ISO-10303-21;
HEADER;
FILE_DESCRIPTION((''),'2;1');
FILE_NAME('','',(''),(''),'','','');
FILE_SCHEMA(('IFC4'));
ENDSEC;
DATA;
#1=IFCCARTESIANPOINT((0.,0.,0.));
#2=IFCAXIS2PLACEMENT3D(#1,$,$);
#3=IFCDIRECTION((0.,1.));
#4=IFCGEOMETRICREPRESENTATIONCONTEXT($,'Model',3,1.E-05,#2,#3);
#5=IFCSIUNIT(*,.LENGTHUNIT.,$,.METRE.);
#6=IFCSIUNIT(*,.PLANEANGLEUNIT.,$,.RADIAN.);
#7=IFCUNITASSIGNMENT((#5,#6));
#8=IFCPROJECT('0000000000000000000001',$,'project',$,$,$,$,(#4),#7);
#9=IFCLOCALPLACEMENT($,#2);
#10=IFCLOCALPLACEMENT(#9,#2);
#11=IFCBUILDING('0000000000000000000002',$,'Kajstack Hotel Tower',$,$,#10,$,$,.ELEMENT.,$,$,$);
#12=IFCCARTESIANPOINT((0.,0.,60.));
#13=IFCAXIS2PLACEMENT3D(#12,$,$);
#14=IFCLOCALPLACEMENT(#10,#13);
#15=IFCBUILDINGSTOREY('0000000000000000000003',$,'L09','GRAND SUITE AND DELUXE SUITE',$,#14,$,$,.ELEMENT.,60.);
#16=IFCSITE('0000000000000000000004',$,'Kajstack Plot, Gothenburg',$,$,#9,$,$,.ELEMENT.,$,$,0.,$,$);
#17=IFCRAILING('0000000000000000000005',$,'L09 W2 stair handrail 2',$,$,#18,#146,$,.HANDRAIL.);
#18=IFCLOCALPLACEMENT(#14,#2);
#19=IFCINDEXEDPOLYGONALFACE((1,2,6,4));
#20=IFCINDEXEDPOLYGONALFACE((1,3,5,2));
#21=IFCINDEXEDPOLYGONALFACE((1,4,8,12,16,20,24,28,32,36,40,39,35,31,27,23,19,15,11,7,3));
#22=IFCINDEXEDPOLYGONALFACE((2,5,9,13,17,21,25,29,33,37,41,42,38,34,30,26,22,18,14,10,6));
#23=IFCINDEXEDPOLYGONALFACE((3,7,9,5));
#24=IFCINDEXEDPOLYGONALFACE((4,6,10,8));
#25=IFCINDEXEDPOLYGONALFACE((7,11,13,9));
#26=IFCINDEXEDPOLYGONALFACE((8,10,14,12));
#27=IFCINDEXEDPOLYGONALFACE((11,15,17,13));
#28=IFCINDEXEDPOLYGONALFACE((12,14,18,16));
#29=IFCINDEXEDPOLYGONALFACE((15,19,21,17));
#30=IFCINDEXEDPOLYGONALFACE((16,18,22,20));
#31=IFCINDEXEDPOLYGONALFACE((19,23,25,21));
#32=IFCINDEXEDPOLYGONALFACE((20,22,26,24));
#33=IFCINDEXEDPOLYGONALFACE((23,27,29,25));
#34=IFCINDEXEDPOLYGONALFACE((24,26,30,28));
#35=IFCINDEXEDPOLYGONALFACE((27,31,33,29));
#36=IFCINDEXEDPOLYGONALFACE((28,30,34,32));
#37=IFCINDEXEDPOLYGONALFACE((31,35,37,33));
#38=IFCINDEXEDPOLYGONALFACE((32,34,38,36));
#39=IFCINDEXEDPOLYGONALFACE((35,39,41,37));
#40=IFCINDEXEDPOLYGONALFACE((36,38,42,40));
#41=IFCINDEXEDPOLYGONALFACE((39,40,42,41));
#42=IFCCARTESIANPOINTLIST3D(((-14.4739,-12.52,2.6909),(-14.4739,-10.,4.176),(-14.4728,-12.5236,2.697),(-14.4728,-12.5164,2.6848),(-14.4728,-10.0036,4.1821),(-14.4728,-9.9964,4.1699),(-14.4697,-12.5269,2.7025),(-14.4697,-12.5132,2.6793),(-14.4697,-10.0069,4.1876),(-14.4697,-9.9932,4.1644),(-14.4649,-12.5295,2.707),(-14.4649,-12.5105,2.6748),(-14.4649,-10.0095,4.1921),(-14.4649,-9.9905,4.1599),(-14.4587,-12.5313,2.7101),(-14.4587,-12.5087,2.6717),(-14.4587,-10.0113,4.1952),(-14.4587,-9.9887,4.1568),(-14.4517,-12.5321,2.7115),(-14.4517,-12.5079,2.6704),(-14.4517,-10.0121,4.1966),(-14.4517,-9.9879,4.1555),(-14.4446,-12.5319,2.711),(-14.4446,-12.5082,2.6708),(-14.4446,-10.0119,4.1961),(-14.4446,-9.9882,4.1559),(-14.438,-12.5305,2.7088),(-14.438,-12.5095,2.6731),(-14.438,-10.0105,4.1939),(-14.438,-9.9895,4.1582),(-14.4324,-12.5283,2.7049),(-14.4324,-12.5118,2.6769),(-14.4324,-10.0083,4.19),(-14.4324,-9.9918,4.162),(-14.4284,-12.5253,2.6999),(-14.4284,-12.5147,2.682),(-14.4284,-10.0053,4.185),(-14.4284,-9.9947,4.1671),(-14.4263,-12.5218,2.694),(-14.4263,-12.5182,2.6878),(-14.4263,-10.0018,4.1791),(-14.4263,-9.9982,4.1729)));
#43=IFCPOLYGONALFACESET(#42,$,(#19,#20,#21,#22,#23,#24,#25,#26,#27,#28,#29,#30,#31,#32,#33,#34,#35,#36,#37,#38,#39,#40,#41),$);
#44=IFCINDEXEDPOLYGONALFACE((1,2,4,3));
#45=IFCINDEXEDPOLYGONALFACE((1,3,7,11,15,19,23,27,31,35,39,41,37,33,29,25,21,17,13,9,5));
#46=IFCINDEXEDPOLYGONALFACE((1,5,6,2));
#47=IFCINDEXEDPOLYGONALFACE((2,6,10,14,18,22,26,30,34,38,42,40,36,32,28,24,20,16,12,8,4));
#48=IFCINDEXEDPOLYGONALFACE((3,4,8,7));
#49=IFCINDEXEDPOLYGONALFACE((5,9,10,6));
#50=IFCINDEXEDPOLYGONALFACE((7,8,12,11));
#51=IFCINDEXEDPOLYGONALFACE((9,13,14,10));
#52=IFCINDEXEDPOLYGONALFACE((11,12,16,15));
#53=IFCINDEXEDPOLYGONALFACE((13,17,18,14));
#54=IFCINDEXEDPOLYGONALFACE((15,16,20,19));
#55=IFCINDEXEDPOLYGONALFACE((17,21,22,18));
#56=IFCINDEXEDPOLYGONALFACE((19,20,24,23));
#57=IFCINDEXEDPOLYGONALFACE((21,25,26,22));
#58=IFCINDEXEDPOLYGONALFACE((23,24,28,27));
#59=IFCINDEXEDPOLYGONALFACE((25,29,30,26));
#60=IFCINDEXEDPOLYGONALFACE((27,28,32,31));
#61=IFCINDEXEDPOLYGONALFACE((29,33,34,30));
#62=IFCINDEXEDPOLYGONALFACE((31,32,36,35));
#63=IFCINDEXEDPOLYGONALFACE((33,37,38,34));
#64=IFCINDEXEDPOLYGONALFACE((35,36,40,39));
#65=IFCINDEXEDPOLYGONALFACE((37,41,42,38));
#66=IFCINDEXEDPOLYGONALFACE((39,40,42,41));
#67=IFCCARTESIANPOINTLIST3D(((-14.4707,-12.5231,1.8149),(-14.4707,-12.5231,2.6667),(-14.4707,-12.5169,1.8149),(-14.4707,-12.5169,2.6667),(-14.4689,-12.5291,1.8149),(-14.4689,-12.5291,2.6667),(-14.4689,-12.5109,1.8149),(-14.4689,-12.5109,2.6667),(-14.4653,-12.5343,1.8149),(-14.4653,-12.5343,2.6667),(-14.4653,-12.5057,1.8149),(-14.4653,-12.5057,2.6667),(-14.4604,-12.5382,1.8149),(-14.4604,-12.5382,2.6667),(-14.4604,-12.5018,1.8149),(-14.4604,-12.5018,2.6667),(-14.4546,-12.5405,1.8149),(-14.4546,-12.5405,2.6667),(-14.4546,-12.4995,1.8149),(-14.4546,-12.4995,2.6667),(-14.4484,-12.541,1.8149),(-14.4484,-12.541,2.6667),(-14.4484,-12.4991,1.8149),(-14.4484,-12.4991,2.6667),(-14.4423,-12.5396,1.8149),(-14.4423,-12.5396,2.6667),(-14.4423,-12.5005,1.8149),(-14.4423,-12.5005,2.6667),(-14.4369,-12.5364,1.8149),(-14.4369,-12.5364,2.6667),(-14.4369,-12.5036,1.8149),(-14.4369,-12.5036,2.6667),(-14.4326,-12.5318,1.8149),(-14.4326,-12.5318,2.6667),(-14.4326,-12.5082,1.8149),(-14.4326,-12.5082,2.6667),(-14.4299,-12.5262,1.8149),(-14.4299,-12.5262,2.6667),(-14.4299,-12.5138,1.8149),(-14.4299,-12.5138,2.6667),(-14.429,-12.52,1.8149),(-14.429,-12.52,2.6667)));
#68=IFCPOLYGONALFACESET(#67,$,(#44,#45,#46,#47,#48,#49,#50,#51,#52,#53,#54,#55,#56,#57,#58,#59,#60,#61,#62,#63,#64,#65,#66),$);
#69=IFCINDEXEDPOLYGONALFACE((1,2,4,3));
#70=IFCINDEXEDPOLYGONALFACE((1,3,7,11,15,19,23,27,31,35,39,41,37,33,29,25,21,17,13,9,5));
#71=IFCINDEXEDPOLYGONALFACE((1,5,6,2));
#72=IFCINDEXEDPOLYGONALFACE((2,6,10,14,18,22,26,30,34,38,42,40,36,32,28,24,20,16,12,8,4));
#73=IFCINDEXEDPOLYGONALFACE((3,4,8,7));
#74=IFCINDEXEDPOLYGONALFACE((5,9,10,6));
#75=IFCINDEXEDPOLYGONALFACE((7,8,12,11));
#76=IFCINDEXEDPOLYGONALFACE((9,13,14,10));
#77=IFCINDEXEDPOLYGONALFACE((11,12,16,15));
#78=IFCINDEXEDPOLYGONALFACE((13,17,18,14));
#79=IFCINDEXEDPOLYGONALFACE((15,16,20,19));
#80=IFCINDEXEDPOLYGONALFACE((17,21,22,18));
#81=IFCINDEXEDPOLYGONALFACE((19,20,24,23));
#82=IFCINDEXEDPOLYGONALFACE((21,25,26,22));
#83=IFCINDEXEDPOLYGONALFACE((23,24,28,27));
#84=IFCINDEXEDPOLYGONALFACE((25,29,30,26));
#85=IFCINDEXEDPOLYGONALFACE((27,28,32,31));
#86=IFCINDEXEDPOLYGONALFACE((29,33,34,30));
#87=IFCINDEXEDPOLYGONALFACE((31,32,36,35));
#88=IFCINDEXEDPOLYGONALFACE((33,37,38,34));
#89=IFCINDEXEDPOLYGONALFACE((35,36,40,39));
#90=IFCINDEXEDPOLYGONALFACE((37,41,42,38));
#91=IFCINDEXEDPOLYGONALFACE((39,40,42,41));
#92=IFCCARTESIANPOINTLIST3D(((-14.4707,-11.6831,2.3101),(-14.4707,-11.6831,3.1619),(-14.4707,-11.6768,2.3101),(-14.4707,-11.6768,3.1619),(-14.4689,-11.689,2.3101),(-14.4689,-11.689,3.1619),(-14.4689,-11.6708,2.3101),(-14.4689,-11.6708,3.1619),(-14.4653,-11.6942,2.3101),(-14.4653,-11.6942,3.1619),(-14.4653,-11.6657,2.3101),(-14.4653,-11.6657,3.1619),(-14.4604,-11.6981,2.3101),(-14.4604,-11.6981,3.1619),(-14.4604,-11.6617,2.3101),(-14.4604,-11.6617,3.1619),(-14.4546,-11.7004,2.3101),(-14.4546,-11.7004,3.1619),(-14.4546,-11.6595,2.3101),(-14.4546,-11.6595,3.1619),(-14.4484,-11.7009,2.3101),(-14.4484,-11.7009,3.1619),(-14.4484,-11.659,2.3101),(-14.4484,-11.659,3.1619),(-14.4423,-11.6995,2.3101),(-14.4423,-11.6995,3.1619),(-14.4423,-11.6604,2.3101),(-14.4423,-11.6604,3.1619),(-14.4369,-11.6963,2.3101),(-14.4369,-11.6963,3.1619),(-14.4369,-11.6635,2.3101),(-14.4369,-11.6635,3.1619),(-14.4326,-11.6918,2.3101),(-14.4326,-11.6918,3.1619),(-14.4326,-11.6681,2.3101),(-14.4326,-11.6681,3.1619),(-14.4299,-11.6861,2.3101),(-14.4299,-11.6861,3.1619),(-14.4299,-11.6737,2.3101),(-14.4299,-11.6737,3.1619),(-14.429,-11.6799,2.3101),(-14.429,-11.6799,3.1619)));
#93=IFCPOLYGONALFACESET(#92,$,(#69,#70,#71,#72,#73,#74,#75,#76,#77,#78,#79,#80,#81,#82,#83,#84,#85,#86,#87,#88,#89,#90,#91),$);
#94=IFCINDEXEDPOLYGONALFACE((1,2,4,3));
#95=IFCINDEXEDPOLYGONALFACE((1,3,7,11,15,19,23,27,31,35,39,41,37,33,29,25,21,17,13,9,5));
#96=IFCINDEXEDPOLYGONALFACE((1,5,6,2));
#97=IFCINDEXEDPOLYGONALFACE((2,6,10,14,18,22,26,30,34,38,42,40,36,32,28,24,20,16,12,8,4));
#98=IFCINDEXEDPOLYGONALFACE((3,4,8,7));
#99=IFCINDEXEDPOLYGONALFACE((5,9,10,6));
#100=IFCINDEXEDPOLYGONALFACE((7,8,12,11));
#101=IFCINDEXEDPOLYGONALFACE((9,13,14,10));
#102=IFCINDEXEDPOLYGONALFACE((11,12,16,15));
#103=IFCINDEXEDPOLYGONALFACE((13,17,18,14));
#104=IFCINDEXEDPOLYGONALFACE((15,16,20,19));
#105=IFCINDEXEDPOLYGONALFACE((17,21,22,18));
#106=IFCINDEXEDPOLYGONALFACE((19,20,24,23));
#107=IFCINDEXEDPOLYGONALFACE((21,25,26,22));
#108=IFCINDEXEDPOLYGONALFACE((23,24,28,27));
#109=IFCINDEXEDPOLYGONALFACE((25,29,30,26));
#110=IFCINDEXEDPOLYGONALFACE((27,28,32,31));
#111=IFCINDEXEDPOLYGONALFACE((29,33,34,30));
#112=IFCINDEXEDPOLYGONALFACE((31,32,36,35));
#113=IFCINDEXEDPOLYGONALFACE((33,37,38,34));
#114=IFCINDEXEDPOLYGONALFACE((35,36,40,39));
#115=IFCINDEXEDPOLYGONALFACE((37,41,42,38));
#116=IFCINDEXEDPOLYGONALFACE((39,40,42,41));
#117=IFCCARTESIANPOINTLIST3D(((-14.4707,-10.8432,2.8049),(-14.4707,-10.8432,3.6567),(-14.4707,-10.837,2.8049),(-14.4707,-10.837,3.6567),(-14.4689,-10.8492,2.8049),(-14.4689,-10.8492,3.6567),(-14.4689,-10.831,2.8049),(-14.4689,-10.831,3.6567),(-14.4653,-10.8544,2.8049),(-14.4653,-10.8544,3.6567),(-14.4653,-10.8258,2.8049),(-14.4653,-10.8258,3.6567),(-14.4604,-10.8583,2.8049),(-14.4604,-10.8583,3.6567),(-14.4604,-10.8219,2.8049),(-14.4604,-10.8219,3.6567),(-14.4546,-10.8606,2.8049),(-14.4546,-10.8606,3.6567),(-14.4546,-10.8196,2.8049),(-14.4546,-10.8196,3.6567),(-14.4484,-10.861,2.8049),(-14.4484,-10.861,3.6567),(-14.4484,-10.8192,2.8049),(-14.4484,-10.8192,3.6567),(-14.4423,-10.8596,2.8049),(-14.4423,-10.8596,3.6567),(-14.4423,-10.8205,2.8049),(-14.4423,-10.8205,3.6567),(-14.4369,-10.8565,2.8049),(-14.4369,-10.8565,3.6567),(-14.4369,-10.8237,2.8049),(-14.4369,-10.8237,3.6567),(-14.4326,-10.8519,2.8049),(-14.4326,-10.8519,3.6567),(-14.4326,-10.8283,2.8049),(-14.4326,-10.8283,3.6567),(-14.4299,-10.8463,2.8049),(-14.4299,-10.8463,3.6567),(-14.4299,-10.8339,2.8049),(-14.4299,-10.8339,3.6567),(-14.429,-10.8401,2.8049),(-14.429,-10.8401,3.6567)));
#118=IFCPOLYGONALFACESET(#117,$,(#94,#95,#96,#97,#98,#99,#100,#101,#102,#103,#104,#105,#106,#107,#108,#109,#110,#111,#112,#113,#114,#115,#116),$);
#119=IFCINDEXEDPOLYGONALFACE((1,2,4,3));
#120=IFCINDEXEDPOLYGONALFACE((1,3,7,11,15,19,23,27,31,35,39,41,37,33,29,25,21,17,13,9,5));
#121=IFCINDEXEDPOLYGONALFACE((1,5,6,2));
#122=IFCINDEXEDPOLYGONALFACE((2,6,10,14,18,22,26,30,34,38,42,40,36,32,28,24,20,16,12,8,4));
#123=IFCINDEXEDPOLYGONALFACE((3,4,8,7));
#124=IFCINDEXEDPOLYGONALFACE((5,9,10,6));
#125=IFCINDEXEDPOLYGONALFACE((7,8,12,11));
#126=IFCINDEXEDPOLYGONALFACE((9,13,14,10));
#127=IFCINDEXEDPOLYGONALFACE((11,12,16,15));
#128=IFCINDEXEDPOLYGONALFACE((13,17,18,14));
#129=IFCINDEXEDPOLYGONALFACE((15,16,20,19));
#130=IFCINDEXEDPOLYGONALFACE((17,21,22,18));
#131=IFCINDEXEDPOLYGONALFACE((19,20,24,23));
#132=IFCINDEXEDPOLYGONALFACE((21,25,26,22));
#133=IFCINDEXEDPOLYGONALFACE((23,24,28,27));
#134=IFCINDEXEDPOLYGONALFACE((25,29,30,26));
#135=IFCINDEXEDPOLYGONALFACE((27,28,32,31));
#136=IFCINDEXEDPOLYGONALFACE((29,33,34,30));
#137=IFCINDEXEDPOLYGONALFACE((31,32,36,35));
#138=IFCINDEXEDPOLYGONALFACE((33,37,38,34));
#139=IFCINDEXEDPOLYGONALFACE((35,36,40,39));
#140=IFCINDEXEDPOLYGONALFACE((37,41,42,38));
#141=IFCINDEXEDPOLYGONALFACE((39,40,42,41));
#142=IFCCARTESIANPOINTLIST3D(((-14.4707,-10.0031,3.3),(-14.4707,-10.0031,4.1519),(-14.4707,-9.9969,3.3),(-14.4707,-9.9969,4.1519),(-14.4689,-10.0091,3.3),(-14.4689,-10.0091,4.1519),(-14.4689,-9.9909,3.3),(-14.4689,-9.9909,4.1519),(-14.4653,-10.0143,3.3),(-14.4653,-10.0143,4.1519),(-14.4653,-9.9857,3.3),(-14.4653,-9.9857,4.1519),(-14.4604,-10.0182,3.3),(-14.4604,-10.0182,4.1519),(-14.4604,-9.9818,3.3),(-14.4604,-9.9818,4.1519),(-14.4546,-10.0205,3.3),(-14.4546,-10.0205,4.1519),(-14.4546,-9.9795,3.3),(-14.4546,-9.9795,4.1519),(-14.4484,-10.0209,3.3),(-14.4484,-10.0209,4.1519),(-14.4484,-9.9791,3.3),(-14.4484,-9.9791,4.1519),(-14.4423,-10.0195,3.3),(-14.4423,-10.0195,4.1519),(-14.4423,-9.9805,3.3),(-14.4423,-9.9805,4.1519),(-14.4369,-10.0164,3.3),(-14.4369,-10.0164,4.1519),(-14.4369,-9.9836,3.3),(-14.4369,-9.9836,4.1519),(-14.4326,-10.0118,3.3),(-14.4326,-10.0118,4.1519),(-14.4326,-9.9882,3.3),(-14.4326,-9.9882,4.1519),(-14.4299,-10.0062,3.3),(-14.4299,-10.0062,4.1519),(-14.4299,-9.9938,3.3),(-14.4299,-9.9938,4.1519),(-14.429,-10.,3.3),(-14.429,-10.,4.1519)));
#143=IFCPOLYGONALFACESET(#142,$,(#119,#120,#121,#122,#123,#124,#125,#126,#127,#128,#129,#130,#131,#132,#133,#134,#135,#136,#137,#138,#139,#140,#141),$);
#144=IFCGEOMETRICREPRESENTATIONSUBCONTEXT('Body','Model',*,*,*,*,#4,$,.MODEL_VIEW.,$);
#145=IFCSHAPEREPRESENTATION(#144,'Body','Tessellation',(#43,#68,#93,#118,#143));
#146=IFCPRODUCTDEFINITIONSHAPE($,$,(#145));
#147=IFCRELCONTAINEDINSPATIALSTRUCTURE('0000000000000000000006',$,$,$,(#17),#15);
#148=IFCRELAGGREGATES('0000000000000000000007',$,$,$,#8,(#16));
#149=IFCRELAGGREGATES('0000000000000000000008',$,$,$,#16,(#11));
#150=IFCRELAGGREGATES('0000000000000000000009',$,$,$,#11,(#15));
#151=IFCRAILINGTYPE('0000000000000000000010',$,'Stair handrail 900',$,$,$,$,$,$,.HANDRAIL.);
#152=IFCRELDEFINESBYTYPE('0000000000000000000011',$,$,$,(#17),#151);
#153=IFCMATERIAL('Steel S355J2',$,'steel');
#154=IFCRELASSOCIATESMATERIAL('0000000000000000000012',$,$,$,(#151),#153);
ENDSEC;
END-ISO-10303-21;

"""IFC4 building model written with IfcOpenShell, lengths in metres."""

from ifc_helpers import new_model, si_unit, direction, frame, origin, origin_2d, place, context, subcontext, project, spatial, circle, extrude, material, type_object, element, save


model = new_model("IFC4")

# Units and contexts
model_context = context("Model", 3, precision=1e-05, world=origin(), true_north=direction((0.0, 1.0)))
body_context = subcontext(model_context, "Body", "Model", "MODEL_VIEW")
ifc_project = project(units=[si_unit("LENGTHUNIT", "METRE"), si_unit("PLANEANGLEUNIT", "RADIAN")], contexts=[model_context])

# Site, building, storey
site_placement = place(None, origin())
site = spatial("IfcSite", under=ifc_project, at=site_placement, Name="Kajstack Plot, Gothenburg", CompositionType="ELEMENT", RefElevation=0.0)
building_placement = place(site_placement, origin())
building = spatial("IfcBuilding", under=site, at=building_placement, Name="Kajstack Hotel Tower", CompositionType="ELEMENT")
storey_placement = place(building_placement, frame((0.0, 0.0, 60.0)))
storey = spatial("IfcBuildingStorey", under=building, at=storey_placement, Name="L09", Description="GRAND SUITE AND DELUXE SUITE", CompositionType="ELEMENT", Elevation=60.0)

# Railing
ifc_material_1 = material(Name="Steel S355J2", Category="steel")
railing_type_1 = type_object("IfcRailingType", Name="Stair handrail 900", PredefinedType="HANDRAIL", material=ifc_material_1)
railing_1_placement = place(storey_placement, frame((-14.45, -12.52, 1.8149)))
element("IfcRailing", 1, at=railing_1_placement, inside=storey, type_object=railing_type_1, Name="L09 W2 stair handrail 2", PredefinedType="HANDRAIL", context=body_context, shape_type="SweptSolid", body=[
    extrude(circle(Radius=0.0239, at=origin_2d()), frame((0.0, 0.0, 0.876), z_axis=(0.0, 0.861524, 0.507717), x_axis=(-1.0, 0.0, 0.0)), (0.0, 0.0, 1.0), 2.925),
    extrude(circle(Radius=0.021, at=origin_2d()), origin(), (0.0, 0.0, 1.0), 0.8518),
    extrude(circle(Radius=0.021, at=origin_2d()), frame((0.0, 0.8401, 0.4951)), (0.0, 0.0, 1.0), 0.8518),
    extrude(circle(Radius=0.021, at=origin_2d()), frame((0.0, 1.6799, 0.99)), (0.0, 0.0, 1.0), 0.8518),
    extrude(circle(Radius=0.021, at=origin_2d()), frame((0.0, 2.52, 1.4851)), (0.0, 0.0, 1.0), 0.8518),
])

save(model, "model.ifc")
